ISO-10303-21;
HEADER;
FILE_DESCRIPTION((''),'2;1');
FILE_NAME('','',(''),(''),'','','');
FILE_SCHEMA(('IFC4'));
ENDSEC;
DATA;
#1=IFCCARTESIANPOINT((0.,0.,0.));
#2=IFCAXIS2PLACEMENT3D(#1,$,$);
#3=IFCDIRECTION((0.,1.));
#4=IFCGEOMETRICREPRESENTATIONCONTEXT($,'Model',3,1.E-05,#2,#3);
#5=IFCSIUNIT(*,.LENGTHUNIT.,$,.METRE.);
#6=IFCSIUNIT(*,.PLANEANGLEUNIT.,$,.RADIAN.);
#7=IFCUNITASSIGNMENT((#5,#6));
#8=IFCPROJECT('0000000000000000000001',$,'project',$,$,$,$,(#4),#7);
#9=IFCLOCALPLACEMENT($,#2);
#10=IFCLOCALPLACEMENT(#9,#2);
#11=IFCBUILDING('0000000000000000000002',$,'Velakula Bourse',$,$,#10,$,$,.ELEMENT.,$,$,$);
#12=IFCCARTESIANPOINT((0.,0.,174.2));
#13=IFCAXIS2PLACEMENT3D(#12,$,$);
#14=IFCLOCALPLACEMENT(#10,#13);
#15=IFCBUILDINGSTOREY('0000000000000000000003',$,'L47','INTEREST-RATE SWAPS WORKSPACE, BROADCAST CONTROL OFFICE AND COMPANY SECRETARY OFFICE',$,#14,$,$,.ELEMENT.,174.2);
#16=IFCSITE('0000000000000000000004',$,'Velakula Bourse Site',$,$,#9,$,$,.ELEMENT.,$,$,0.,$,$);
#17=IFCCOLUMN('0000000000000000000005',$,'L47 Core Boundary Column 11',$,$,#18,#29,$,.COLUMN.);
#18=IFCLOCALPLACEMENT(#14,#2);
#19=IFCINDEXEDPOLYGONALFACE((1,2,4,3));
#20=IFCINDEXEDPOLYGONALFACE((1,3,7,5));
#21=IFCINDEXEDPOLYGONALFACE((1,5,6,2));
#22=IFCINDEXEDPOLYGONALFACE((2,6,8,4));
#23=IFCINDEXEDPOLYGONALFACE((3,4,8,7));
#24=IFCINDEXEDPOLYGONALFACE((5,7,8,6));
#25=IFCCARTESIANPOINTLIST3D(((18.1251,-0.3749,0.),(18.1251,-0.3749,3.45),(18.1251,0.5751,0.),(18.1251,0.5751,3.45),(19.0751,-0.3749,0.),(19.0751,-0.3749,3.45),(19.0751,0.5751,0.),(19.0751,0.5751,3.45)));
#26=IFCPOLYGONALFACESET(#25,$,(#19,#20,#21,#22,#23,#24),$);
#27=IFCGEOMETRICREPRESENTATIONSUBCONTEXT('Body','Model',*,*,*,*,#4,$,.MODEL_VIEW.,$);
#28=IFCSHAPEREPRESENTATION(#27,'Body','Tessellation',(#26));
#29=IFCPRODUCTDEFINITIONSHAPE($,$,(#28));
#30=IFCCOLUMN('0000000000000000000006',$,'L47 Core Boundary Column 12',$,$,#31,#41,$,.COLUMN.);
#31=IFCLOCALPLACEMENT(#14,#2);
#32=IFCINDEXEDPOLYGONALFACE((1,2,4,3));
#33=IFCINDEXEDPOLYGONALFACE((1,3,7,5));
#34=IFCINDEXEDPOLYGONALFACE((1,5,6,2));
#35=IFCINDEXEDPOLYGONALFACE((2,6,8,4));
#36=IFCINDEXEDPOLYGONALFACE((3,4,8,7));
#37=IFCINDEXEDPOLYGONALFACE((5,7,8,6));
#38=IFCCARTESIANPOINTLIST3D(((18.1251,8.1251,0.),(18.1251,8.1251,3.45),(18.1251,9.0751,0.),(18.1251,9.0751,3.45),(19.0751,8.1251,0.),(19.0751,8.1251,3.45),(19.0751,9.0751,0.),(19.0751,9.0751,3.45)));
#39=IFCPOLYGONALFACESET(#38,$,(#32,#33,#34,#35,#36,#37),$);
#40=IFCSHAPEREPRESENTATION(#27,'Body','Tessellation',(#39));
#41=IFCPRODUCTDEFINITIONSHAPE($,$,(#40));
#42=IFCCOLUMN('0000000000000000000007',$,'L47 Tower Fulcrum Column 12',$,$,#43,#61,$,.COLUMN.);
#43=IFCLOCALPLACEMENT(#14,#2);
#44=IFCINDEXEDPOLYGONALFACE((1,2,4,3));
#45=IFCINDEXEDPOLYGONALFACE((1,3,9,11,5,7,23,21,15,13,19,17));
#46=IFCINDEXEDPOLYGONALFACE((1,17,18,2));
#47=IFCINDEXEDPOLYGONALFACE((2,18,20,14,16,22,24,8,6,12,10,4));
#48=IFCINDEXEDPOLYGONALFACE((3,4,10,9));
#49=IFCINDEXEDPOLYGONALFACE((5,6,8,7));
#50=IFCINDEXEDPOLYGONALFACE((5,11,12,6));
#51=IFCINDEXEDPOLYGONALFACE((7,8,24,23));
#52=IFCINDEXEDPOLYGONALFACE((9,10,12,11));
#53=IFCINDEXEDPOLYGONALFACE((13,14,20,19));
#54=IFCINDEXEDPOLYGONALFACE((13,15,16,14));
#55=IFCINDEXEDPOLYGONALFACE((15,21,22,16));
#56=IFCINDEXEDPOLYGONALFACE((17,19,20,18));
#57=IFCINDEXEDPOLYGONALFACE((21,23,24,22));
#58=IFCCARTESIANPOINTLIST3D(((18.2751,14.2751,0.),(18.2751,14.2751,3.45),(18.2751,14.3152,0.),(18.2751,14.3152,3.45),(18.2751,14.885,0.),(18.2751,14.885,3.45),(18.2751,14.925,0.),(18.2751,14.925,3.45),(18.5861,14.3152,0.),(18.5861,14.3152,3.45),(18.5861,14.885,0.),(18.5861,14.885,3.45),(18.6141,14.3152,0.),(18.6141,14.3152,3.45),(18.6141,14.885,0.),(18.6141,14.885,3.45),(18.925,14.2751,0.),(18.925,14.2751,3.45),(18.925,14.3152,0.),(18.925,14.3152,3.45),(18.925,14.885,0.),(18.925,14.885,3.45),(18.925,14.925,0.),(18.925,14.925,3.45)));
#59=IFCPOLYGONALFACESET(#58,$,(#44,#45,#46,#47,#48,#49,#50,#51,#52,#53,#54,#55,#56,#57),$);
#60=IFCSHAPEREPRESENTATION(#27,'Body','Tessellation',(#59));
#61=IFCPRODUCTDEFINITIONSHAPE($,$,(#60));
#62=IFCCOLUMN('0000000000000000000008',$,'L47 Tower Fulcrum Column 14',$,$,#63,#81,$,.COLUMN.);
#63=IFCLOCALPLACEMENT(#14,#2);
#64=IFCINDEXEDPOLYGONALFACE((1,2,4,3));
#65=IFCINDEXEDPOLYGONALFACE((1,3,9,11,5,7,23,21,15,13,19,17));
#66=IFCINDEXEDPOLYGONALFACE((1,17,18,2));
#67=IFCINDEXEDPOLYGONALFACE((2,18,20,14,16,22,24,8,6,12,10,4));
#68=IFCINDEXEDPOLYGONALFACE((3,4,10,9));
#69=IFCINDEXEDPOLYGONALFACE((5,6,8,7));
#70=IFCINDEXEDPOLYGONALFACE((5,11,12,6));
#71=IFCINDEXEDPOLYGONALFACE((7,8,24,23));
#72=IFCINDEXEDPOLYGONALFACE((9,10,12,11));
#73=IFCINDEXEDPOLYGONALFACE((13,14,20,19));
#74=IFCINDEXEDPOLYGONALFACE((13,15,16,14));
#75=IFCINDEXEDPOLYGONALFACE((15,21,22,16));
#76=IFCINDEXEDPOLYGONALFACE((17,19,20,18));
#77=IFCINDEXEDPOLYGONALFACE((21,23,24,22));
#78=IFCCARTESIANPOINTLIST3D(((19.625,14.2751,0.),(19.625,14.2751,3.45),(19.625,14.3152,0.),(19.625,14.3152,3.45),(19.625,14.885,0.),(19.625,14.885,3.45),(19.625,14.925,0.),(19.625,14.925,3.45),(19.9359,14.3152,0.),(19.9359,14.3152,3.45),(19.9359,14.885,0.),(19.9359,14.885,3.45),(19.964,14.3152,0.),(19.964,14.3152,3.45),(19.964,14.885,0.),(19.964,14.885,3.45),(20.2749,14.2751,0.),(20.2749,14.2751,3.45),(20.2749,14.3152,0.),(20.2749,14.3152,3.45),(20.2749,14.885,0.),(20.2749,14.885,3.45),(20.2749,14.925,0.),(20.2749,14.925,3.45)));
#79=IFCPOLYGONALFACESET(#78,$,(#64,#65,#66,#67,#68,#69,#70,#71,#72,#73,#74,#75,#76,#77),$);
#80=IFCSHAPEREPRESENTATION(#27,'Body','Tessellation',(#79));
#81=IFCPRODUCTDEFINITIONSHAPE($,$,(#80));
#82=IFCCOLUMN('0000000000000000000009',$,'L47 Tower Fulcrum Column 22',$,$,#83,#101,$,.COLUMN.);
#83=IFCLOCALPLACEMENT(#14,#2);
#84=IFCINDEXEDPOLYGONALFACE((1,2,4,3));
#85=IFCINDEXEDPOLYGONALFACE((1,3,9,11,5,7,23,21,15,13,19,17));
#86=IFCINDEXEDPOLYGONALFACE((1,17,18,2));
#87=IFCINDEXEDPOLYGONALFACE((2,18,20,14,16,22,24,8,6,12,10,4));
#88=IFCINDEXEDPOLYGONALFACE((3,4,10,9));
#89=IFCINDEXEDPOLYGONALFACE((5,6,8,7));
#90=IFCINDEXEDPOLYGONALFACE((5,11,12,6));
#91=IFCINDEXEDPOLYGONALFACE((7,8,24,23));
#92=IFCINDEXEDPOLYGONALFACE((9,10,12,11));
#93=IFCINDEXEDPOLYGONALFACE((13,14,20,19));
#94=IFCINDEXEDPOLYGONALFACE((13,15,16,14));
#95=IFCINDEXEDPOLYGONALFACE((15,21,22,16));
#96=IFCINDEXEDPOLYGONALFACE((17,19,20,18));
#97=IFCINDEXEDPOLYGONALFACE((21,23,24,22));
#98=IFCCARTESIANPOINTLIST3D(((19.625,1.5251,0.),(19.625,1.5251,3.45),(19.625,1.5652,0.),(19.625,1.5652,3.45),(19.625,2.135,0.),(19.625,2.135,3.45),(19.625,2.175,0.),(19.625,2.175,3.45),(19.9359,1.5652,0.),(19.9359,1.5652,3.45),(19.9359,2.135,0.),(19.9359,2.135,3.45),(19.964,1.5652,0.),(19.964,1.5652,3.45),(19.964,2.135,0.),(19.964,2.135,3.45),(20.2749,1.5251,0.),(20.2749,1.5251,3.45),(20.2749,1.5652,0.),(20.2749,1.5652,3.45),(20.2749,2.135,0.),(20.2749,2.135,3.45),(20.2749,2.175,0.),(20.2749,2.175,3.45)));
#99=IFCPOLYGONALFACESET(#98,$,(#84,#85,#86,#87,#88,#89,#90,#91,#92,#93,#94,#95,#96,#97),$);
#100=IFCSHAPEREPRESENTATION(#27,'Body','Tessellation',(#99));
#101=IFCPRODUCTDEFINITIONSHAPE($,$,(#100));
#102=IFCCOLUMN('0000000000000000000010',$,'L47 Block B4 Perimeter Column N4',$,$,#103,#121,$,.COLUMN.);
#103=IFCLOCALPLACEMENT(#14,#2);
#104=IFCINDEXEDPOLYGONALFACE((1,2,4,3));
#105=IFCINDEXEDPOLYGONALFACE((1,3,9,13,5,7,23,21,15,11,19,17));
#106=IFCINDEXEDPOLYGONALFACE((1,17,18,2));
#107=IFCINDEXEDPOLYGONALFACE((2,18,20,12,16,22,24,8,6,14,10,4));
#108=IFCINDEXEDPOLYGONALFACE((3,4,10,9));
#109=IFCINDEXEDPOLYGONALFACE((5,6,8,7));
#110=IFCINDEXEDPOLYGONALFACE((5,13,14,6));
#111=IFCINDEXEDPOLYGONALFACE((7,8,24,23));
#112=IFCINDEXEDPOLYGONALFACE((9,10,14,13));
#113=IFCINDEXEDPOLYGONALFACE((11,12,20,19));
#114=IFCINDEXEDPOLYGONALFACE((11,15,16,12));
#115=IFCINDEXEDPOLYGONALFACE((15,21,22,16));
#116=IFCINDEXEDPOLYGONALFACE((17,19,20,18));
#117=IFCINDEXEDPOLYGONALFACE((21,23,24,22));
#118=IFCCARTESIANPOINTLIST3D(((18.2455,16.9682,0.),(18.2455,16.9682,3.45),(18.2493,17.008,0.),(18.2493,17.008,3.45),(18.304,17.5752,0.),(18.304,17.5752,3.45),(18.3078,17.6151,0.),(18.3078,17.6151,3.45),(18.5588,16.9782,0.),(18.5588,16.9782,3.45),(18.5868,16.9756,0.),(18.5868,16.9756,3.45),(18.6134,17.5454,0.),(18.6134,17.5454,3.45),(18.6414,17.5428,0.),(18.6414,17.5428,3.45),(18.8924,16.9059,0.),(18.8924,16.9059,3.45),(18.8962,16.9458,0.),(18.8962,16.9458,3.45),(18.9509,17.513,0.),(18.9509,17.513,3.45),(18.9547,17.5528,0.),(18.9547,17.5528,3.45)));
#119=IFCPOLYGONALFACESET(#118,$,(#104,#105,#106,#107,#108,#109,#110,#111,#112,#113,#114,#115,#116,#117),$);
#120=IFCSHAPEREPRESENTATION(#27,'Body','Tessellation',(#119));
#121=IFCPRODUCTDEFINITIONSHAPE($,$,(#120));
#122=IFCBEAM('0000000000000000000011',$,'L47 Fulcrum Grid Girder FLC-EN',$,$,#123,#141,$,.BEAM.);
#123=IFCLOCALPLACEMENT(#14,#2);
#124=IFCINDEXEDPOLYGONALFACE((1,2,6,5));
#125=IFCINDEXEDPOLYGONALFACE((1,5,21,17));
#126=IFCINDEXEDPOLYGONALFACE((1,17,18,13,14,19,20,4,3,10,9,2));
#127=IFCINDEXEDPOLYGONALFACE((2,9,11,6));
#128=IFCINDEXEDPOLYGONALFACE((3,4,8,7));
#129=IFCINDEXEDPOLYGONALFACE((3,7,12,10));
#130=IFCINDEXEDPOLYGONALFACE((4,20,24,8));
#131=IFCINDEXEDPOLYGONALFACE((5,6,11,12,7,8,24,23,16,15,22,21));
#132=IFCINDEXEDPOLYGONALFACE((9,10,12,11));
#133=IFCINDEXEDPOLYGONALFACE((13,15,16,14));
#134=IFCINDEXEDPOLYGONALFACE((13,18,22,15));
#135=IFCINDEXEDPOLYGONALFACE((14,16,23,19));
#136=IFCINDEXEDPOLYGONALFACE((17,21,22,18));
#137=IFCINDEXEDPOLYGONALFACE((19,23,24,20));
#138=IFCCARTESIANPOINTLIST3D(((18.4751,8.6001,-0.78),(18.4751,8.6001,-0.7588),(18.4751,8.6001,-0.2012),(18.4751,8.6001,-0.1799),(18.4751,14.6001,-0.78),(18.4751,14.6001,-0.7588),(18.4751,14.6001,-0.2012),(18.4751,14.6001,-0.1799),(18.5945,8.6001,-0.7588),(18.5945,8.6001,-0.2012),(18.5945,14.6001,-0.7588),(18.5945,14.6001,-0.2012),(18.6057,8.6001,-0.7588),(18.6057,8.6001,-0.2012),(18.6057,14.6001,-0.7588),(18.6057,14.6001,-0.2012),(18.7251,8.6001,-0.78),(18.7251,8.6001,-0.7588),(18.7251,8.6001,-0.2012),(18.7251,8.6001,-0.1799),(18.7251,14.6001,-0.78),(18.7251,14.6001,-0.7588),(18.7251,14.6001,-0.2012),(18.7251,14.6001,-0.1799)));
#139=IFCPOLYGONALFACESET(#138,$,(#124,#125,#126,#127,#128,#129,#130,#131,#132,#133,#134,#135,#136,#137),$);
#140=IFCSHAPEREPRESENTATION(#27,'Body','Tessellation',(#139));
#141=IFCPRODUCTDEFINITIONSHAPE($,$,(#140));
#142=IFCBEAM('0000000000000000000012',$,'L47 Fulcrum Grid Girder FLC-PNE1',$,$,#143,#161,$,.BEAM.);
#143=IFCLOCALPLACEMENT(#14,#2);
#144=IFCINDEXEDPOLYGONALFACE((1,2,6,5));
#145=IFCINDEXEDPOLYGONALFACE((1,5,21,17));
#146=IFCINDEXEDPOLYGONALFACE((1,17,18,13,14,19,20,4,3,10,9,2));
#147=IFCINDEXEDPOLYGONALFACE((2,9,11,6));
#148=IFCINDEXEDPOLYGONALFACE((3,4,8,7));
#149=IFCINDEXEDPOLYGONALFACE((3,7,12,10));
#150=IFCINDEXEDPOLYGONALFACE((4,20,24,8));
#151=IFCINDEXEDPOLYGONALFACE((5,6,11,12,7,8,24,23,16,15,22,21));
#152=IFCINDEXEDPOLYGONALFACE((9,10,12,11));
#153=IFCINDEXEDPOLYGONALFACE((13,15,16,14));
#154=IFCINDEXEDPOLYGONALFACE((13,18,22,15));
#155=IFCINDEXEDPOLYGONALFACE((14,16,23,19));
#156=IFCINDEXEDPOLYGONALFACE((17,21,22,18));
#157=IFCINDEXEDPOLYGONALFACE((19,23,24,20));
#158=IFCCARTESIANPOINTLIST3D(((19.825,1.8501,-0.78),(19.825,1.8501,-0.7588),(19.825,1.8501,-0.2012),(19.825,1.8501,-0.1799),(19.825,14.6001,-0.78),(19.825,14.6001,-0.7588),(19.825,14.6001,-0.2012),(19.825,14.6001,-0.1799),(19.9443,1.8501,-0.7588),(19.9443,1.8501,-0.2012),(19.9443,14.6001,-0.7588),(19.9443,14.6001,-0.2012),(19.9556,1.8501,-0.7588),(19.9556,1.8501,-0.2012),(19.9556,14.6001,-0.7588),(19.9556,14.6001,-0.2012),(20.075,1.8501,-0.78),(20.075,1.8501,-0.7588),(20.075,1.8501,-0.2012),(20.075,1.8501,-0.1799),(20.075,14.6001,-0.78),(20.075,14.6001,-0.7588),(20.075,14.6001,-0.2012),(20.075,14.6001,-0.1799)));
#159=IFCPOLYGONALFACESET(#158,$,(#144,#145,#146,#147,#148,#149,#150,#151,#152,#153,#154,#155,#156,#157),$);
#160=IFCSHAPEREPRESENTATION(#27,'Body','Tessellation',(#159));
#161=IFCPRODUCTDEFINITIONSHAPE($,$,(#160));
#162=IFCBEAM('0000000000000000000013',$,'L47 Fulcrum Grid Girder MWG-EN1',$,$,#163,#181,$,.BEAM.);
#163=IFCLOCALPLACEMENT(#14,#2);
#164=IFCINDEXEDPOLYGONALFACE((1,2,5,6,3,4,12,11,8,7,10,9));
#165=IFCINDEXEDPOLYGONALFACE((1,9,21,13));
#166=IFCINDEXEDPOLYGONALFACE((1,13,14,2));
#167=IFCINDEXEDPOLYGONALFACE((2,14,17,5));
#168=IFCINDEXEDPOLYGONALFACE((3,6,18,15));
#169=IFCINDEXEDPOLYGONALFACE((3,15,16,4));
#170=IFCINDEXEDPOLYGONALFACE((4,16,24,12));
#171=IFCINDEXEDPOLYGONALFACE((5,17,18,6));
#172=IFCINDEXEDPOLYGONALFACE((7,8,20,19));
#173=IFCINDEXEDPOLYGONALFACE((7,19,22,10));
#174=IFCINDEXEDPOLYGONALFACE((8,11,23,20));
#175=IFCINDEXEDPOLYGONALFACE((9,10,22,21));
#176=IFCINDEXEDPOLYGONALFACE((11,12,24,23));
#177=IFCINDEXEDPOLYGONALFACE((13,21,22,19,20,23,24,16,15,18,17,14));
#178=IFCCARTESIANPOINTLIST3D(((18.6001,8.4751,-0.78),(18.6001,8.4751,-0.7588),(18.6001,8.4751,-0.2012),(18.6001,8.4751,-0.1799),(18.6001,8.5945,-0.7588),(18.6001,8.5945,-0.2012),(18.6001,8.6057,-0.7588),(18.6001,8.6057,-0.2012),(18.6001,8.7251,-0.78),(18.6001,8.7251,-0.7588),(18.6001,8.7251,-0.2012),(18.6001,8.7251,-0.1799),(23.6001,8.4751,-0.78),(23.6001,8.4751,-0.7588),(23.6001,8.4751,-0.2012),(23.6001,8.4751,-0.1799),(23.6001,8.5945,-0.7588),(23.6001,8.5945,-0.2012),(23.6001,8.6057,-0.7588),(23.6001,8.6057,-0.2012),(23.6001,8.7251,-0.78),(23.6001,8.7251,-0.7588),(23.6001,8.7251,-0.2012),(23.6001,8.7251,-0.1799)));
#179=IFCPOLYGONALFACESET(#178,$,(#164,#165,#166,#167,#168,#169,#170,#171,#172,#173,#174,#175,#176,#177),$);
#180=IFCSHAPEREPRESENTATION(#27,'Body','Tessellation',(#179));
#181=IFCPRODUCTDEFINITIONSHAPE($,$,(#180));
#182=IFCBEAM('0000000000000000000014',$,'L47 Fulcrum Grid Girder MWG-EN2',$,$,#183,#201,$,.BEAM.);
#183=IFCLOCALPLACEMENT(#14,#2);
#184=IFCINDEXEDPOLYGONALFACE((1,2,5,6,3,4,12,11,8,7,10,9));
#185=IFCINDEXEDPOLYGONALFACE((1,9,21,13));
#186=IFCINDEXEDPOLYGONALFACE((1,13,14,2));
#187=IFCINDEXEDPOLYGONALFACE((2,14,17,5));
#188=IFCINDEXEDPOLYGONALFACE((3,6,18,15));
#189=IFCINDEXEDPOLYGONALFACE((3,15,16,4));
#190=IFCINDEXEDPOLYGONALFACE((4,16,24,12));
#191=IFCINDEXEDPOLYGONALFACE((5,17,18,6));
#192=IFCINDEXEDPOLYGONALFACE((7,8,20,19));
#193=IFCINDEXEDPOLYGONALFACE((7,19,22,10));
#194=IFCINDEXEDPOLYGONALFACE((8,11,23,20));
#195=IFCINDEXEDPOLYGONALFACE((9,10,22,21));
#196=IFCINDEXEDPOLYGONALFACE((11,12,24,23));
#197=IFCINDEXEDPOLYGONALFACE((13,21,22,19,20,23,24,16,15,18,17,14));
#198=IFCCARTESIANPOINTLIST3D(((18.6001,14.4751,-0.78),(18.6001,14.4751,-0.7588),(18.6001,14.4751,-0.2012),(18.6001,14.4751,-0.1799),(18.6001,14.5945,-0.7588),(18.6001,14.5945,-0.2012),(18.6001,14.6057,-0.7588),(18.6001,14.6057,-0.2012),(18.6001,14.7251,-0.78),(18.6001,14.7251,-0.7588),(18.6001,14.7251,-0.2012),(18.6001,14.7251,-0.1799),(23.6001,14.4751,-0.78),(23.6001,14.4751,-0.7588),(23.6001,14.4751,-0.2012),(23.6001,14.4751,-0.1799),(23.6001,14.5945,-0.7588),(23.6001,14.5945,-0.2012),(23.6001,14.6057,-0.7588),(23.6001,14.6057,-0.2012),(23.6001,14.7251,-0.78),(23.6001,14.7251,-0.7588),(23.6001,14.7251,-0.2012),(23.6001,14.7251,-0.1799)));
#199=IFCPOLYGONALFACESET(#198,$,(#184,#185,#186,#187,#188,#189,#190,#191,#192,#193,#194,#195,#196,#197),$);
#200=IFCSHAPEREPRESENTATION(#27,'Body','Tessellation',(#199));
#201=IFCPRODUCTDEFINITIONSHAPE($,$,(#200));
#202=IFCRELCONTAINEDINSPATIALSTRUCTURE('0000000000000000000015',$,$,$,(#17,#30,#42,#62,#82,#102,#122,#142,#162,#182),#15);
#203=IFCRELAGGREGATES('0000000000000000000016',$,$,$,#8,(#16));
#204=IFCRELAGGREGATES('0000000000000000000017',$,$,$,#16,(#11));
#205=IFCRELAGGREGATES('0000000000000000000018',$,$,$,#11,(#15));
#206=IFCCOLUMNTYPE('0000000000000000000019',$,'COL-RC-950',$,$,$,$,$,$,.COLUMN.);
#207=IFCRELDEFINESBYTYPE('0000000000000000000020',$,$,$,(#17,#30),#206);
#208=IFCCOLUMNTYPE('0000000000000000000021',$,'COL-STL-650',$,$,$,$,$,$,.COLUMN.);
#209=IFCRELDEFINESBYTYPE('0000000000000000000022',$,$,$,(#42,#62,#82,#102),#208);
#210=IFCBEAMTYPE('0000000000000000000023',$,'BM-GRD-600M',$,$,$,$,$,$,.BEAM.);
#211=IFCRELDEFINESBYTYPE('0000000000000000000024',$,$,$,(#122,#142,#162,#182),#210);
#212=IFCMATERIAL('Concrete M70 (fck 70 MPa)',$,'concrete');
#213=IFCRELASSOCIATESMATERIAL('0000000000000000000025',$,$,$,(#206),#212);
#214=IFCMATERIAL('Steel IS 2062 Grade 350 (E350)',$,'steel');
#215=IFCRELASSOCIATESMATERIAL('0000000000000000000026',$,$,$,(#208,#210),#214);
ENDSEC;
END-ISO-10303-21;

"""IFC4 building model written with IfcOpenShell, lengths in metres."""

from ifc_helpers import new_model, si_unit, direction, frame, origin, origin_2d, place, context, subcontext, project, spatial, rectangle, i_section, extrude, material, material_profile, profile_set, type_object, element, save


model = new_model("IFC4")

# Units and contexts
model_context = context("Model", 3, precision=1e-05, world=origin(), true_north=direction((0.0, 1.0)))
body_context = subcontext(model_context, "Body", "Model", "MODEL_VIEW")
ifc_project = project(units=[si_unit("LENGTHUNIT", "METRE"), si_unit("PLANEANGLEUNIT", "RADIAN")], contexts=[model_context])

# Site, building, storey
site_placement = place(None, origin())
site = spatial("IfcSite", under=ifc_project, at=site_placement, Name="Velakula Bourse Site", CompositionType="ELEMENT", RefElevation=0.0)
building_placement = place(site_placement, origin())
building = spatial("IfcBuilding", under=site, at=building_placement, Name="Velakula Bourse", CompositionType="ELEMENT")
storey_placement = place(building_placement, frame((0.0, 0.0, 174.2)))
storey = spatial("IfcBuildingStorey", under=building, at=storey_placement, Name="L47", Description="INTEREST-RATE SWAPS WORKSPACE, BROADCAST CONTROL OFFICE AND COMPANY SECRETARY OFFICE", CompositionType="ELEMENT", Elevation=174.2)

# Columns
ifc_material_1 = material(Name="Concrete M70 (fck 70 MPa)", Category="concrete")
ifc_material_profile_1 = material_profile(ifc_material_1, rectangle(XDim=0.95, YDim=0.95, at=origin_2d()), Name="Concrete M70 (fck 70 MPa)")
ifc_profile_set_1 = profile_set([ifc_material_profile_1], Name="Concrete M70 (fck 70 MPa)")
column_type_1 = type_object("IfcColumnType", Name="COL-RC-950", PredefinedType="COLUMN", material=ifc_profile_set_1)
for number, where, z_axis, x_axis, name in (
    (1, (18.6001, 0.1001, 0.0), (0.0, 0.0, 1.0), (1.0, 0.0, 0.0), "L47 Core Boundary Column 11"),
    (2, (18.6001, 8.6001, 0.0), (0.0, 0.0, 1.0), (1.0, 0.0, 0.0), "L47 Core Boundary Column 12"),
):
    element("IfcColumn", number, at=place(storey_placement, frame(where, z_axis=z_axis, x_axis=x_axis)), inside=storey, type_object=column_type_1, Name=name, PredefinedType="COLUMN", context=body_context, shape_type="SweptSolid", body=[
        extrude(rectangle(XDim=0.95, YDim=0.95, at=origin_2d()), origin(), (0.0, 0.0, 1.0), 3.45),
    ])
ifc_material_2 = material(Name="Steel IS 2062 Grade 350 (E350)", Category="steel")
ifc_material_profile_2 = material_profile(ifc_material_2, i_section(OverallWidth=0.6499, OverallDepth=0.6499, WebThickness=0.0281, FlangeThickness=0.04, at=origin_2d()), Name="Steel IS 2062 Grade 350 (E350)")
ifc_profile_set_2 = profile_set([ifc_material_profile_2], Name="Steel IS 2062 Grade 350 (E350)")
column_type_2 = type_object("IfcColumnType", Name="COL-STL-650", PredefinedType="COLUMN", material=ifc_profile_set_2)
for number, where, z_axis, x_axis, name in (
    (3, (18.6001, 14.6001, 0.0), (0.0, 0.0, 1.0), (1.0, 0.0, 0.0), "L47 Tower Fulcrum Column 12"),
    (4, (19.95, 14.6001, 0.0), (0.0, 0.0, 1.0), (1.0, 0.0, 0.0), "L47 Tower Fulcrum Column 14"),
    (5, (19.95, 1.8501, 0.0), (0.0, 0.0, 1.0), (1.0, 0.0, 0.0), "L47 Tower Fulcrum Column 22"),
    (6, (18.6001, 17.2605, 0.0), (0.0, 0.0, 1.0), (0.995396, -0.095846, 0.0), "L47 Block B4 Perimeter Column N4"),
):
    element("IfcColumn", number, at=place(storey_placement, frame(where, z_axis=z_axis, x_axis=x_axis)), inside=storey, type_object=column_type_2, Name=name, PredefinedType="COLUMN", context=body_context, shape_type="SweptSolid", body=[
        extrude(i_section(OverallWidth=0.6499, OverallDepth=0.6499, WebThickness=0.0281, FlangeThickness=0.04, at=origin_2d()), origin(), (0.0, 0.0, 1.0), 3.45),
    ])

# Beams
ifc_material_profile_3 = material_profile(ifc_material_2, i_section(OverallWidth=0.25, OverallDepth=0.6001, WebThickness=0.0112, FlangeThickness=0.0212, at=origin_2d()), Name="Steel IS 2062 Grade 350 (E350)")
ifc_profile_set_3 = profile_set([ifc_material_profile_3], Name="Steel IS 2062 Grade 350 (E350)")
beam_type_1 = type_object("IfcBeamType", Name="BM-GRD-600M", PredefinedType="BEAM", material=ifc_profile_set_3)
beam_1_placement = place(storey_placement, frame((18.6001, 8.6001, -0.48), z_axis=(0.0, 1.0, 0.0), x_axis=(-1.0, 0.0, 0.0)))
element("IfcBeam", 7, at=beam_1_placement, inside=storey, type_object=beam_type_1, Name="L47 Fulcrum Grid Girder FLC-EN", PredefinedType="BEAM", context=body_context, shape_type="SweptSolid", body=[
    extrude(i_section(OverallWidth=0.25, OverallDepth=0.6001, WebThickness=0.0112, FlangeThickness=0.0212, at=origin_2d()), origin(), (0.0, 0.0, 1.0), 6.0),
])
beam_2_placement = place(storey_placement, frame((19.95, 1.8501, -0.48), z_axis=(0.0, 1.0, 0.0), x_axis=(-1.0, 0.0, 0.0)))
element("IfcBeam", 8, at=beam_2_placement, inside=storey, type_object=beam_type_1, Name="L47 Fulcrum Grid Girder FLC-PNE1", PredefinedType="BEAM", context=body_context, shape_type="SweptSolid", body=[
    extrude(i_section(OverallWidth=0.25, OverallDepth=0.6001, WebThickness=0.0112, FlangeThickness=0.0212, at=origin_2d()), origin(), (0.0, 0.0, 1.0), 12.75),
])
for number, where, z_axis, x_axis, name in (
    (9, (18.6001, 8.6001, -0.48), (1.0, 0.0, 0.0), (0.0, 1.0, 0.0), "L47 Fulcrum Grid Girder MWG-EN1"),
    (10, (18.6001, 14.6001, -0.48), (1.0, 0.0, 0.0), (0.0, 1.0, 0.0), "L47 Fulcrum Grid Girder MWG-EN2"),
):
    element("IfcBeam", number, at=place(storey_placement, frame(where, z_axis=z_axis, x_axis=x_axis)), inside=storey, type_object=beam_type_1, Name=name, PredefinedType="BEAM", context=body_context, shape_type="SweptSolid", body=[
        extrude(i_section(OverallWidth=0.25, OverallDepth=0.6001, WebThickness=0.0112, FlangeThickness=0.0212, at=origin_2d()), origin(), (0.0, 0.0, 1.0), 5.0),
    ])

save(model, "model.ifc")
